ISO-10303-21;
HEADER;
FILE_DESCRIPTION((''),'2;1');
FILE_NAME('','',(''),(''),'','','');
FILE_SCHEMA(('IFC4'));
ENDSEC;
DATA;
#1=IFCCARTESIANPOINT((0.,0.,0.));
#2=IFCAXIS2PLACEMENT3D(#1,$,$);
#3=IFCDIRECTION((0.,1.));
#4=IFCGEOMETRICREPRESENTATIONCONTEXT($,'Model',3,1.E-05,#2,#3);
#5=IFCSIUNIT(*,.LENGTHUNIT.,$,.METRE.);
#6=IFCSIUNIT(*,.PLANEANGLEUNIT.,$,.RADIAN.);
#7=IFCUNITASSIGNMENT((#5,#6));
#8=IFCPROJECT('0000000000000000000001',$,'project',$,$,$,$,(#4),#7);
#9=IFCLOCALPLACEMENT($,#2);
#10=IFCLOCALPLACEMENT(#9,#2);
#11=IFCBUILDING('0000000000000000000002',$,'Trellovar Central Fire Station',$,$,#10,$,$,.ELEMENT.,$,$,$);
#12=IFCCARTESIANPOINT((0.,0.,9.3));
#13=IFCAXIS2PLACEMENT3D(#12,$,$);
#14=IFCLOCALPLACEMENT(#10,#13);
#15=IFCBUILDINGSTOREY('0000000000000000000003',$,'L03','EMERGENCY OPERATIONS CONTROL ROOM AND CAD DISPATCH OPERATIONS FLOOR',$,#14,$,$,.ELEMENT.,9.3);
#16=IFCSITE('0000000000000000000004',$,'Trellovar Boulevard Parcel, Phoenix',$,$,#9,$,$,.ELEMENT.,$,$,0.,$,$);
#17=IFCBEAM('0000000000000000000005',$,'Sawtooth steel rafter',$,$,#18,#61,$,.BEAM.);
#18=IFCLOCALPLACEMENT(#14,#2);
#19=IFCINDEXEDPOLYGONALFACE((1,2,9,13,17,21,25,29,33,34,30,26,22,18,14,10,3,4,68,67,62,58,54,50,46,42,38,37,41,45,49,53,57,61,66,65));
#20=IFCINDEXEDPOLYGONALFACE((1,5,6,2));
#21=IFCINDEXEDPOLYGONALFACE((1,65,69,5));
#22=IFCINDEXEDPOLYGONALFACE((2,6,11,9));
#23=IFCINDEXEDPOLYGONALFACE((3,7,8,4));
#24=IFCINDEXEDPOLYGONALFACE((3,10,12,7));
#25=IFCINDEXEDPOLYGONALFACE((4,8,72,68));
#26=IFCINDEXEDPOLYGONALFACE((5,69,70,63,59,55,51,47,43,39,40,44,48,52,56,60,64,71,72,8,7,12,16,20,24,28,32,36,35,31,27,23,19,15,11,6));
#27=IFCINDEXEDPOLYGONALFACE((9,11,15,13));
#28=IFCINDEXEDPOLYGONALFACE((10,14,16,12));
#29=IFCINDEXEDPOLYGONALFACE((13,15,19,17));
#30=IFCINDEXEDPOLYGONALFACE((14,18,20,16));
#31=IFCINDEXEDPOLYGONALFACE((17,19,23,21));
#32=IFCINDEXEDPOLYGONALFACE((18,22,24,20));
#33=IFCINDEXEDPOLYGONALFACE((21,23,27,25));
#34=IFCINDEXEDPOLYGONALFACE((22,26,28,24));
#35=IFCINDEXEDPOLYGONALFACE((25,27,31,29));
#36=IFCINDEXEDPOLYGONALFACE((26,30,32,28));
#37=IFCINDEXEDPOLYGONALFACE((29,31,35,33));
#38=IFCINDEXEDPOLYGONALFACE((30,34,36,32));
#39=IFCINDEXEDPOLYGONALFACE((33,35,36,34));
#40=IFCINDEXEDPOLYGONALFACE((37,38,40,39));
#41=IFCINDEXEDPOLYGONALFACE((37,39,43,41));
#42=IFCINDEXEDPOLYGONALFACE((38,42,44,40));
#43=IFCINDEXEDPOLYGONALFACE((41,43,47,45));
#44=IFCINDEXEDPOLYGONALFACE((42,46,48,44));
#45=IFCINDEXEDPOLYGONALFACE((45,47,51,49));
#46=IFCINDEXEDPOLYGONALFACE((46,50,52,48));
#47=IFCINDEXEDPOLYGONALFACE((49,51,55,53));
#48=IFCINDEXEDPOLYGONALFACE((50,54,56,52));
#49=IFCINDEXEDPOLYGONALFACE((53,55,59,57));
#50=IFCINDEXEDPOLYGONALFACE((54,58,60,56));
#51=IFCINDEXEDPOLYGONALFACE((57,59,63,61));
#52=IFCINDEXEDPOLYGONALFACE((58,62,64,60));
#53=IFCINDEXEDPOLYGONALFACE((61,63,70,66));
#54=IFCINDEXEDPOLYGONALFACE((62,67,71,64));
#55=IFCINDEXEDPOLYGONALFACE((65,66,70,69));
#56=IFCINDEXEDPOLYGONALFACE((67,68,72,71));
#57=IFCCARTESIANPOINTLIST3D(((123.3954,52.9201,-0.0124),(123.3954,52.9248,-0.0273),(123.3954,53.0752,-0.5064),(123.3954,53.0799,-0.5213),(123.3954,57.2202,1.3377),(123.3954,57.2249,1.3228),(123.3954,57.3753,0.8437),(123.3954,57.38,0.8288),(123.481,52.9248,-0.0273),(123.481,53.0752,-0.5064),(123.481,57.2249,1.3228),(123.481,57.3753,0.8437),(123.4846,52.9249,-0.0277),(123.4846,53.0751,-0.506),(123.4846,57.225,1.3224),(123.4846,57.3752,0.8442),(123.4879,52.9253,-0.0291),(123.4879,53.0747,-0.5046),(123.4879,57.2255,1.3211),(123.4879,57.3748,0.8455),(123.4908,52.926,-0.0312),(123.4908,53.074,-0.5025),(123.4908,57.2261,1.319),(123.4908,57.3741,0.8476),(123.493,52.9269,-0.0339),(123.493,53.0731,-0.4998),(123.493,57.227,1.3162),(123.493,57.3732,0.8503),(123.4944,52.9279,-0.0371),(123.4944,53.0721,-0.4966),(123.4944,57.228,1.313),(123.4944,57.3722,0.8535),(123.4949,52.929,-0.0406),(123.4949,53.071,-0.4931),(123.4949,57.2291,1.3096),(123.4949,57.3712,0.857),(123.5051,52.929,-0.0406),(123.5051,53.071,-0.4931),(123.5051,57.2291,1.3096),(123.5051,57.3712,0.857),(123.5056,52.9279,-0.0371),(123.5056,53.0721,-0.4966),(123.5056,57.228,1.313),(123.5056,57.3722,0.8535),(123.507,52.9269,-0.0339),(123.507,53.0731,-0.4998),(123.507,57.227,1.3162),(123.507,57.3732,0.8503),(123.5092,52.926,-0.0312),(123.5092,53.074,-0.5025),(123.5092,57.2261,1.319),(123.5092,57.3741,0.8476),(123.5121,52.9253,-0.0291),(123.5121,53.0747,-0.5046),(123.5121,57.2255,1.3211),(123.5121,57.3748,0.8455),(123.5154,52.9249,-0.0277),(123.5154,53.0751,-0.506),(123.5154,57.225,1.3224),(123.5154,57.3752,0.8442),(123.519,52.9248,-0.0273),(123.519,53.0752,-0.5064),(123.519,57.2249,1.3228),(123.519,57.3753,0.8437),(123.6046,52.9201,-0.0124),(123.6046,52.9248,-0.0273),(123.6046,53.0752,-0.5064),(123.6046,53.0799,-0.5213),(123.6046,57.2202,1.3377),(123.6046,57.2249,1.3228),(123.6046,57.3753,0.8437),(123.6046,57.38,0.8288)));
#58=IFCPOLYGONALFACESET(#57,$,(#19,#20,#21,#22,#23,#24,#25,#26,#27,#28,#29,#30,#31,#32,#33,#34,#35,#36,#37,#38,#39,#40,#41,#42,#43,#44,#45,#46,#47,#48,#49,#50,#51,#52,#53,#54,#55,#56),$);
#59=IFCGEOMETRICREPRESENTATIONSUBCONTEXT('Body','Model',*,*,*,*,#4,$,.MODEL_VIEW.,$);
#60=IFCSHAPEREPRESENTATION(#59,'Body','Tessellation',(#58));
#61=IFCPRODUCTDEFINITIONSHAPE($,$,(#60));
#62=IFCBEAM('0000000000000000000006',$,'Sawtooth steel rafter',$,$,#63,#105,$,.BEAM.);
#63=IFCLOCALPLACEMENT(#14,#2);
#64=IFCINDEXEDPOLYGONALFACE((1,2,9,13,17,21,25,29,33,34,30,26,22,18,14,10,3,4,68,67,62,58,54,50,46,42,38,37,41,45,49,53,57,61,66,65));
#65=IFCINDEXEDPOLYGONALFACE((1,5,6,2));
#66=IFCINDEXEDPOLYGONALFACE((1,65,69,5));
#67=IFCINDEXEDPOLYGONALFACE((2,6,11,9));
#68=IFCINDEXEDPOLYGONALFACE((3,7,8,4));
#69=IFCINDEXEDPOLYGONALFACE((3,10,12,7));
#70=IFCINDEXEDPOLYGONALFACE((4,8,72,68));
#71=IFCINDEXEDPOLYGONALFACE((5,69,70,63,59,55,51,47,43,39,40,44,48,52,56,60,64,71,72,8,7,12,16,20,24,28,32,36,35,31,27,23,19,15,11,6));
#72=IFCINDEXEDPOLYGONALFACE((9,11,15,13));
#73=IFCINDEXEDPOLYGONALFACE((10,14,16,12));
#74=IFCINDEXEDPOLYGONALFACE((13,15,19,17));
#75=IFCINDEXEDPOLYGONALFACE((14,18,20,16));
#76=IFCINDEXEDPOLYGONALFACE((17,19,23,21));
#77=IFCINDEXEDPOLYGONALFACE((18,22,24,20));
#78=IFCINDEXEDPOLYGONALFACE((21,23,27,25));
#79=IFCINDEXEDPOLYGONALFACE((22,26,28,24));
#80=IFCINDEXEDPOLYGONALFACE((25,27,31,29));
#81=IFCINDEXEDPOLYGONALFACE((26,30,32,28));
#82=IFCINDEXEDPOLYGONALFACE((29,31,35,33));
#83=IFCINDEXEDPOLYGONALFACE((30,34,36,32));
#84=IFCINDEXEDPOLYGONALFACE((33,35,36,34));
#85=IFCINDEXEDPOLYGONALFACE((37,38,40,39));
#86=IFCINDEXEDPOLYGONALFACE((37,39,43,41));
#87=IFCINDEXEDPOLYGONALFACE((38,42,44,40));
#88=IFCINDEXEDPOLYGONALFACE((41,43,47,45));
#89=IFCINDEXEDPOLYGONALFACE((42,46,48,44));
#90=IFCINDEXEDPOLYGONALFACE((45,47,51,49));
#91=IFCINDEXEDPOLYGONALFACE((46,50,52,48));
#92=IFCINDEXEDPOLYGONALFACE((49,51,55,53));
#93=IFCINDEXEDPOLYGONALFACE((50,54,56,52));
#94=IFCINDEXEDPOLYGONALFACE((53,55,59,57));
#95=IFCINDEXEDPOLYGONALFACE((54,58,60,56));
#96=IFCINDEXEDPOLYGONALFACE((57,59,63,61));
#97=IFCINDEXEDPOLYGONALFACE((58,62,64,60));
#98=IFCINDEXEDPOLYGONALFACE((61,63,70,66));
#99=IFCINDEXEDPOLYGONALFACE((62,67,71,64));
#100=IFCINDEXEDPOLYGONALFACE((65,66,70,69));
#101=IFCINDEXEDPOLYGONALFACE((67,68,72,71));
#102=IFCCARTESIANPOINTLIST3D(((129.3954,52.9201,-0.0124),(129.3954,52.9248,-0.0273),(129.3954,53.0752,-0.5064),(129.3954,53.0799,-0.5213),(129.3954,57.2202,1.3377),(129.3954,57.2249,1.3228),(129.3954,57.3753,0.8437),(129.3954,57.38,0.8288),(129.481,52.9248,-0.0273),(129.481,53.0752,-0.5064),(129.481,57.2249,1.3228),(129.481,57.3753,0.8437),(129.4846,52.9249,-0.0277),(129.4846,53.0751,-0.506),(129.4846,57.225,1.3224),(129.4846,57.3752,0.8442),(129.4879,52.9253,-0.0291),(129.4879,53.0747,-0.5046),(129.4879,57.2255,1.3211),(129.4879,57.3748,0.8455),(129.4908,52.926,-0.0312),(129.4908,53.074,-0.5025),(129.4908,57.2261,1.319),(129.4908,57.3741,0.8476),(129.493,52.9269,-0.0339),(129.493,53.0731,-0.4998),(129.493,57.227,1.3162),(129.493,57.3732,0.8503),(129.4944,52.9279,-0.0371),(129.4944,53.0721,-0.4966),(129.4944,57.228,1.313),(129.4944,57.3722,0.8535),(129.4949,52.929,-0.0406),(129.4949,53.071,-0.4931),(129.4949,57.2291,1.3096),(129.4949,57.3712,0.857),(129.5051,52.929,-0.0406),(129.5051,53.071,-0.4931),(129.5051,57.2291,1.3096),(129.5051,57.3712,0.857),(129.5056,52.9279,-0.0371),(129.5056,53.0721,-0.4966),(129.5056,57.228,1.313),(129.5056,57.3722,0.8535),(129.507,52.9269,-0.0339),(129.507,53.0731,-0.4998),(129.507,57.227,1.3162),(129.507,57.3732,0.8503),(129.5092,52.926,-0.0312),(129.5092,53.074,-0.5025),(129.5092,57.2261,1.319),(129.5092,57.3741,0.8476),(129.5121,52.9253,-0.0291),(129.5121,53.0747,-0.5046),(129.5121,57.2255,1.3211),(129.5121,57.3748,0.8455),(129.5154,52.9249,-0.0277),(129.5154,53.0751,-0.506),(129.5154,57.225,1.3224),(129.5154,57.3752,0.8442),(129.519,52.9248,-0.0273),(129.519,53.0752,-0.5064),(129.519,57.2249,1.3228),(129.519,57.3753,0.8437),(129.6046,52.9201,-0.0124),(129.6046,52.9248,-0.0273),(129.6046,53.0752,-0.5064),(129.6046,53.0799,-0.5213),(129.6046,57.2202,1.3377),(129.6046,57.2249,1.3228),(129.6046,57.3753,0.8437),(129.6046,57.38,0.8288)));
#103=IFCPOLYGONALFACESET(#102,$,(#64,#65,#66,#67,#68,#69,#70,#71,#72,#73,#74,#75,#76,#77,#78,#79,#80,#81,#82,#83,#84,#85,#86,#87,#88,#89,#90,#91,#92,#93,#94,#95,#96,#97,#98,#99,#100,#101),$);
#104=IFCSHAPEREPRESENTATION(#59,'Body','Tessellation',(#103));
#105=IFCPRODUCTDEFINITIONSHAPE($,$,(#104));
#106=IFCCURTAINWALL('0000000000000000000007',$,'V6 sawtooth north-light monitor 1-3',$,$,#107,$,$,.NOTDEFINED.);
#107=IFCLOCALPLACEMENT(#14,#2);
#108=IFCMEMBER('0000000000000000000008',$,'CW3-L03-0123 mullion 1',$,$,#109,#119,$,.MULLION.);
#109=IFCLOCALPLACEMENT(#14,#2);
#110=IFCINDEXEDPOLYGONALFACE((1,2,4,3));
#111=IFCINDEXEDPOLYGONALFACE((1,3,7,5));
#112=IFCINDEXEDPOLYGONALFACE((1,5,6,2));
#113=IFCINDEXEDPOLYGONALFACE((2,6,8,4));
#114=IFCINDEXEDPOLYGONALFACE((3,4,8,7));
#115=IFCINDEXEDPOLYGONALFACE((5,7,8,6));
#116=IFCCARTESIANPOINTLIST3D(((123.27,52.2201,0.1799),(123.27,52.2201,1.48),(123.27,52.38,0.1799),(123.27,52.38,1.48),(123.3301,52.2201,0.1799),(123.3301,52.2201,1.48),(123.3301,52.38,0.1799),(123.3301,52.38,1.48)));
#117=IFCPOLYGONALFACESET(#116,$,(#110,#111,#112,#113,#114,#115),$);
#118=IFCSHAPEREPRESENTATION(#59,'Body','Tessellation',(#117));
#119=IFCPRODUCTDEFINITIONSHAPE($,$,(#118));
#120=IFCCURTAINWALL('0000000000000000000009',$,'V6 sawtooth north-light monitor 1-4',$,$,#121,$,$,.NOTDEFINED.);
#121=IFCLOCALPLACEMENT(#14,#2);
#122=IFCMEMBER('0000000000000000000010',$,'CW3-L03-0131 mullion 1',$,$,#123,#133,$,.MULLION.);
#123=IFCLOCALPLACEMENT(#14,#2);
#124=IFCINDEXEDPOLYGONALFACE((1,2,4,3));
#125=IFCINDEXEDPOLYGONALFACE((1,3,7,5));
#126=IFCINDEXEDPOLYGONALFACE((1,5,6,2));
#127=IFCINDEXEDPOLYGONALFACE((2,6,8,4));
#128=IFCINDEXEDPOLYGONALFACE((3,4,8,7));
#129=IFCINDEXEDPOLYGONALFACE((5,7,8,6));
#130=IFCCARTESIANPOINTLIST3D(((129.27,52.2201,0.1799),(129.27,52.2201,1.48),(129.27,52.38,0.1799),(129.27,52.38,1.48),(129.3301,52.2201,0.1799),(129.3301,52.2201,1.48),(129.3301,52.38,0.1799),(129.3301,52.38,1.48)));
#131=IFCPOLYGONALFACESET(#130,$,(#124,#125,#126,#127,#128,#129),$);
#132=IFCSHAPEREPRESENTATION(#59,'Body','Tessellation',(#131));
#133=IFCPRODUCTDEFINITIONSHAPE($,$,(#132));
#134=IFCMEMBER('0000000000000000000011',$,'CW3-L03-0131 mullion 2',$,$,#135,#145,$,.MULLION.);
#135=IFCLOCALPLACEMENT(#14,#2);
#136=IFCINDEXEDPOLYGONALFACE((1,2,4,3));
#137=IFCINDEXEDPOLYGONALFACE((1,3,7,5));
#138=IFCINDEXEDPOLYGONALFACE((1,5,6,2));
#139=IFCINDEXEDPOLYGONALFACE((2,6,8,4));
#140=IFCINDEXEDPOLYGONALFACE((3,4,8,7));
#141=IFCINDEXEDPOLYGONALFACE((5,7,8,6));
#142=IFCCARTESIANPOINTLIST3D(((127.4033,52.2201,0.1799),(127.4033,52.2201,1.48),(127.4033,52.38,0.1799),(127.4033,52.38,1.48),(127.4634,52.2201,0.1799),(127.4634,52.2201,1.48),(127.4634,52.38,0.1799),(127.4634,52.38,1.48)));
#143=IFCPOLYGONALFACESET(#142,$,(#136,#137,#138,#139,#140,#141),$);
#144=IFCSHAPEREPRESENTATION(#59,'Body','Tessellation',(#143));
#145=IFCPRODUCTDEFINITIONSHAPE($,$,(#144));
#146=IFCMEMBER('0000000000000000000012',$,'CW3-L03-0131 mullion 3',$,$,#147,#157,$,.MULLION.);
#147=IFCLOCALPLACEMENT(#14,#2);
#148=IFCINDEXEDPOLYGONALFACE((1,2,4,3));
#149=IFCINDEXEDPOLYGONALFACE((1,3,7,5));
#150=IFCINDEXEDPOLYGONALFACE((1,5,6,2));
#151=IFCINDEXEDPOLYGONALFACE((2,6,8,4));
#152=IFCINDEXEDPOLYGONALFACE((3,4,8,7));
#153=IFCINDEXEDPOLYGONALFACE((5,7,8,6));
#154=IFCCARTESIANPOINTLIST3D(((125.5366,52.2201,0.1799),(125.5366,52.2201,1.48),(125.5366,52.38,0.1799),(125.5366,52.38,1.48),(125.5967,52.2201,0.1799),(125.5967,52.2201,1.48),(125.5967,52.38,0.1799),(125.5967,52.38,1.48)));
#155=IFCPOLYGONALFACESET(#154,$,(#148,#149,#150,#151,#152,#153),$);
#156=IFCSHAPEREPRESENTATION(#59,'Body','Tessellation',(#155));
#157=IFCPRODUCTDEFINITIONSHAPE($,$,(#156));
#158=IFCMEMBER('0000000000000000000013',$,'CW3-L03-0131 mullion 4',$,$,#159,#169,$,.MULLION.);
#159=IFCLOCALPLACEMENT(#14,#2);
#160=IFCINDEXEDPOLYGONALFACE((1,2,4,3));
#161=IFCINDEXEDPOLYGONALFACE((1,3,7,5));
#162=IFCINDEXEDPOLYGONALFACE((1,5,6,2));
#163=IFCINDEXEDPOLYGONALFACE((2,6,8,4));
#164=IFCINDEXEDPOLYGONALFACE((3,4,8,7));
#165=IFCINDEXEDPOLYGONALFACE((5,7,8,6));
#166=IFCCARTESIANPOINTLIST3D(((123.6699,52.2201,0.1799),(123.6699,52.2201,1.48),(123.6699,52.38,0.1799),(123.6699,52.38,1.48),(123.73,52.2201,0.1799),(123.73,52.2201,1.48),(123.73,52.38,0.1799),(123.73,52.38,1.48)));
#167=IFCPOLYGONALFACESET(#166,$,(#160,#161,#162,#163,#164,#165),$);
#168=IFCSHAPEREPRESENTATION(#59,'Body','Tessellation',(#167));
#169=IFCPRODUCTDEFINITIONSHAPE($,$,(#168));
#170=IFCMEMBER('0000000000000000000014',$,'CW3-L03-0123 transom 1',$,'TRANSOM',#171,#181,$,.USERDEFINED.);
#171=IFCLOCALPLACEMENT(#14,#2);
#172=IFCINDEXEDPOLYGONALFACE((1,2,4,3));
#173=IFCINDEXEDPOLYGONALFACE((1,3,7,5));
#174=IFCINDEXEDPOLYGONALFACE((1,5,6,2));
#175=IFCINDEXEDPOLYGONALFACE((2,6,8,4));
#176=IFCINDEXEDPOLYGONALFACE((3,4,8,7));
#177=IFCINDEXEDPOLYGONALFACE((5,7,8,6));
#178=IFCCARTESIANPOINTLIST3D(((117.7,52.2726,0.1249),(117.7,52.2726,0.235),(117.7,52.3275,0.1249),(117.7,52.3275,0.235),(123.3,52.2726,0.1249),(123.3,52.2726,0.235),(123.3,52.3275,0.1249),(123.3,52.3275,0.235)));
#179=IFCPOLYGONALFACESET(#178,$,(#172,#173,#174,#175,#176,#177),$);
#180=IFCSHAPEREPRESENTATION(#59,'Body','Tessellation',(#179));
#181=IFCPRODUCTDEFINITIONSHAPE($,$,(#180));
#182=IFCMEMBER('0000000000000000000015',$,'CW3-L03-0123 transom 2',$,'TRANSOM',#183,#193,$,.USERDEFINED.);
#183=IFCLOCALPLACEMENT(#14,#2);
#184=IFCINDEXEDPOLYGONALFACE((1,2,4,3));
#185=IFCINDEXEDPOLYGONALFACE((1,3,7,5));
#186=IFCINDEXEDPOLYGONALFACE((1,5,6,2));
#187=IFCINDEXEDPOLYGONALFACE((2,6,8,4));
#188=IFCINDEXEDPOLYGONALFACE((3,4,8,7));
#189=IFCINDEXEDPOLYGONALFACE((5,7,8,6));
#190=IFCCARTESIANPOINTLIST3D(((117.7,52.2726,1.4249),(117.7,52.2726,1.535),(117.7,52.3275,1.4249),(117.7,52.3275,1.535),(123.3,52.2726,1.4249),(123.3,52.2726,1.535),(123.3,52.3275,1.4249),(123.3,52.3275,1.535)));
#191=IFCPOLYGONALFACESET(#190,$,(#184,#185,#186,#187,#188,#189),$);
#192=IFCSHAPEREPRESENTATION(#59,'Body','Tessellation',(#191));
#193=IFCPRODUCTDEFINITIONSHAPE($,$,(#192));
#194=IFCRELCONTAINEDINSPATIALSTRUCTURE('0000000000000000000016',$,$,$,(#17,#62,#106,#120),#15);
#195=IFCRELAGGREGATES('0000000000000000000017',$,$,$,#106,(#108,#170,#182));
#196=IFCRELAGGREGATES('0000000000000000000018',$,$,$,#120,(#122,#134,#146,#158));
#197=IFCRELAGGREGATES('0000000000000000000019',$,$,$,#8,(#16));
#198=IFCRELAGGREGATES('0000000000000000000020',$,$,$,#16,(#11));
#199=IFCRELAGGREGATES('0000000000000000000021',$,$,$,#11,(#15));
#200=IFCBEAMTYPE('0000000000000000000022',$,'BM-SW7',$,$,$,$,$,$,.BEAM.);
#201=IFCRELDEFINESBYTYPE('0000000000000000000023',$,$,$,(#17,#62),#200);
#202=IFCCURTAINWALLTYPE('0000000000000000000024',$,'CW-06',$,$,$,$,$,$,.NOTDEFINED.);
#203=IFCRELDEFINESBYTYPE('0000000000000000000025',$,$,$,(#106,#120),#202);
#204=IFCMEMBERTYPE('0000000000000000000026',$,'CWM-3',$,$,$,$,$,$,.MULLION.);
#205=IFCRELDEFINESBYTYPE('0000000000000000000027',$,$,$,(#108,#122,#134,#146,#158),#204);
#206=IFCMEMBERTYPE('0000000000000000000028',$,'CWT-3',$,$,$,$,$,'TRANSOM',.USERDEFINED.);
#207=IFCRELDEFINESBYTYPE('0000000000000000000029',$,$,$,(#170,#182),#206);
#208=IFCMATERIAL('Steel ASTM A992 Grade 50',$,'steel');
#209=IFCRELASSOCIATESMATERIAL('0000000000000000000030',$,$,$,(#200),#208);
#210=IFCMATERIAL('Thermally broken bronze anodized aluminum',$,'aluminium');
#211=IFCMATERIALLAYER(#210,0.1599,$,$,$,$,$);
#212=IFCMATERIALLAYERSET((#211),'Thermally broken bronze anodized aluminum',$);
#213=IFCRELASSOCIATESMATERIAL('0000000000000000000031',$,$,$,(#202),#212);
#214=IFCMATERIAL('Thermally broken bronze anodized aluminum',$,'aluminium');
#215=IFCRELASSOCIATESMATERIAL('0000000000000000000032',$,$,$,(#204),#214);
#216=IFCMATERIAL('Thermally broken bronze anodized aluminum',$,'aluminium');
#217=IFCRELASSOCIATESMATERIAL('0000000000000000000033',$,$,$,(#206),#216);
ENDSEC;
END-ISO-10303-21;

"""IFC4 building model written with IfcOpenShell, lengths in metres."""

from ifc_helpers import new_model, si_unit, direction, frame, origin, origin_2d, place, context, subcontext, project, spatial, rectangle, i_section, extrude, material, layer, layer_set, material_profile, profile_set, type_object, element, aggregate, save


model = new_model("IFC4")

# Units and contexts
model_context = context("Model", 3, precision=1e-05, world=origin(), true_north=direction((0.0, 1.0)))
body_context = subcontext(model_context, "Body", "Model", "MODEL_VIEW")
ifc_project = project(units=[si_unit("LENGTHUNIT", "METRE"), si_unit("PLANEANGLEUNIT", "RADIAN")], contexts=[model_context])

# Site, building, storey
site_placement = place(None, origin())
site = spatial("IfcSite", under=ifc_project, at=site_placement, Name="Trellovar Boulevard Parcel, Phoenix", CompositionType="ELEMENT", RefElevation=0.0)
building_placement = place(site_placement, origin())
building = spatial("IfcBuilding", under=site, at=building_placement, Name="Trellovar Central Fire Station", CompositionType="ELEMENT")
storey_placement = place(building_placement, frame((0.0, 0.0, 9.3)))
storey = spatial("IfcBuildingStorey", under=building, at=storey_placement, Name="L03", Description="EMERGENCY OPERATIONS CONTROL ROOM AND CAD DISPATCH OPERATIONS FLOOR", CompositionType="ELEMENT", Elevation=9.3)

# Beams
ifc_material_1 = material(Name="Steel ASTM A992 Grade 50", Category="steel")
ifc_material_profile_1 = material_profile(ifc_material_1, i_section(OverallWidth=0.2092, OverallDepth=0.5334, WebThickness=0.0103, FlangeThickness=0.0156, FilletRadius=0.0139, at=origin_2d()), Name="W21X62")
ifc_profile_set_1 = profile_set([ifc_material_profile_1], Name="Steel ASTM A992 Grade 50")
beam_type = type_object("IfcBeamType", Name="BM-SW7", PredefinedType="BEAM", material=ifc_profile_set_1)
for number, where, z_axis, x_axis, name in (
    (1, (123.5, 53.0, -0.2668), (0.0, 0.954079, 0.299555), (-1.0, 0.0, 0.0), "Sawtooth steel rafter"),
    (2, (129.5, 53.0, -0.2668), (0.0, 0.954079, 0.299555), (-1.0, 0.0, 0.0), "Sawtooth steel rafter"),
):
    element("IfcBeam", number, at=place(storey_placement, frame(where, z_axis=z_axis, x_axis=x_axis)), inside=storey, type_object=beam_type, Name=name, PredefinedType="BEAM", context=body_context, shape_type="SweptSolid", body=[
        extrude(i_section(OverallWidth=0.2092, OverallDepth=0.5334, WebThickness=0.0103, FlangeThickness=0.0156, FilletRadius=0.0139, at=origin_2d()), origin(), (0.0, 0.0, 1.0), 4.5071),
    ])

# Curtain wall, member
ifc_material_2 = material(Name="Thermally broken bronze anodized aluminum", Category="aluminium")
ifc_layer_1 = layer(ifc_material_2, 0.1599)
ifc_layer_set_1 = layer_set([ifc_layer_1], Name="Thermally broken bronze anodized aluminum")
curtain_wall_type = type_object("IfcCurtainWallType", Name="CW-06", PredefinedType="NOTDEFINED", material=ifc_layer_set_1)
curtain_wall_1_placement = place(storey_placement, origin())
curtain_wall_1 = element("IfcCurtainWall", 3, at=curtain_wall_1_placement, inside=storey, type_object=curtain_wall_type, Name="V6 sawtooth north-light monitor 1-3", PredefinedType="NOTDEFINED")
ifc_material_3 = material(Name="Thermally broken bronze anodized aluminum", Category="aluminium")
ifc_material_profile_2 = material_profile(ifc_material_3, rectangle(XDim=0.0601, YDim=0.1599, at=origin_2d()), Name="ALU60X160")
ifc_profile_set_2 = profile_set([ifc_material_profile_2], Name="Thermally broken bronze anodized aluminum")
member_type_1 = type_object("IfcMemberType", Name="CWM-3", PredefinedType="MULLION", material=ifc_profile_set_2)
member_1_placement = place(storey_placement, frame((123.3, 52.3, 0.1799), z_axis=(0.0, 0.0, 1.0), x_axis=(1.0, 0.0, 0.0)))
member_1 = element("IfcMember", 4, at=member_1_placement, type_object=member_type_1, Name="CW3-L03-0123 mullion 1", PredefinedType="MULLION", context=body_context, shape_type="SweptSolid", body=[
    extrude(rectangle(XDim=0.0601, YDim=0.1599, at=origin_2d()), origin(), (0.0, 0.0, 1.0), 1.3),
])

# Curtain wall, members
curtain_wall_2_placement = place(storey_placement, origin())
curtain_wall_2 = element("IfcCurtainWall", 5, at=curtain_wall_2_placement, inside=storey, type_object=curtain_wall_type, Name="V6 sawtooth north-light monitor 1-4", PredefinedType="NOTDEFINED")
member_2_placement = place(storey_placement, frame((129.3, 52.3, 0.1799), z_axis=(0.0, 0.0, 1.0), x_axis=(1.0, 0.0, 0.0)))
member_2 = element("IfcMember", 6, at=member_2_placement, type_object=member_type_1, Name="CW3-L03-0131 mullion 1", PredefinedType="MULLION", context=body_context, shape_type="SweptSolid", body=[
    extrude(rectangle(XDim=0.0601, YDim=0.1599, at=origin_2d()), origin(), (0.0, 0.0, 1.0), 1.3),
])
member_3_placement = place(storey_placement, frame((127.4333, 52.3, 0.1799), z_axis=(0.0, 0.0, 1.0), x_axis=(1.0, 0.0, 0.0)))
member_3 = element("IfcMember", 7, at=member_3_placement, type_object=member_type_1, Name="CW3-L03-0131 mullion 2", PredefinedType="MULLION", context=body_context, shape_type="SweptSolid", body=[
    extrude(rectangle(XDim=0.0601, YDim=0.1599, at=origin_2d()), origin(), (0.0, 0.0, 1.0), 1.3),
])
member_4_placement = place(storey_placement, frame((125.5667, 52.3, 0.1799), z_axis=(0.0, 0.0, 1.0), x_axis=(1.0, 0.0, 0.0)))
member_4 = element("IfcMember", 8, at=member_4_placement, type_object=member_type_1, Name="CW3-L03-0131 mullion 3", PredefinedType="MULLION", context=body_context, shape_type="SweptSolid", body=[
    extrude(rectangle(XDim=0.0601, YDim=0.1599, at=origin_2d()), origin(), (0.0, 0.0, 1.0), 1.3),
])
member_5_placement = place(storey_placement, frame((123.7, 52.3, 0.1799), z_axis=(0.0, 0.0, 1.0), x_axis=(1.0, 0.0, 0.0)))
member_5 = element("IfcMember", 9, at=member_5_placement, type_object=member_type_1, Name="CW3-L03-0131 mullion 4", PredefinedType="MULLION", context=body_context, shape_type="SweptSolid", body=[
    extrude(rectangle(XDim=0.0601, YDim=0.1599, at=origin_2d()), origin(), (0.0, 0.0, 1.0), 1.3),
])

# Members
ifc_material_4 = material(Name="Thermally broken bronze anodized aluminum", Category="aluminium")
ifc_material_profile_3 = material_profile(ifc_material_4, rectangle(XDim=0.0549, YDim=0.1101, at=origin_2d()), Name="ALU55X110")
ifc_profile_set_3 = profile_set([ifc_material_profile_3], Name="Thermally broken bronze anodized aluminum")
member_type_2 = type_object("IfcMemberType", Name="CWT-3", ElementType="TRANSOM", PredefinedType="USERDEFINED", material=ifc_profile_set_3)
member_6_placement = place(storey_placement, frame((123.3, 52.3, 0.1799), z_axis=(-1.0, 0.0, 0.0), x_axis=(0.0, -1.0, 0.0)))
member_6 = element("IfcMember", 10, at=member_6_placement, type_object=member_type_2, Name="CW3-L03-0123 transom 1", ObjectType="TRANSOM", PredefinedType="USERDEFINED", context=body_context, shape_type="SweptSolid", body=[
    extrude(rectangle(XDim=0.0549, YDim=0.1101, at=origin_2d()), origin(), (0.0, 0.0, 1.0), 5.6001),
])
member_7_placement = place(storey_placement, frame((123.3, 52.3, 1.48), z_axis=(-1.0, 0.0, 0.0), x_axis=(0.0, -1.0, 0.0)))
member_7 = element("IfcMember", 11, at=member_7_placement, type_object=member_type_2, Name="CW3-L03-0123 transom 2", ObjectType="TRANSOM", PredefinedType="USERDEFINED", context=body_context, shape_type="SweptSolid", body=[
    extrude(rectangle(XDim=0.0549, YDim=0.1101, at=origin_2d()), origin(), (0.0, 0.0, 1.0), 5.6001),
])

aggregate(curtain_wall_1, [member_1, member_6, member_7])
aggregate(curtain_wall_2, [member_2, member_3, member_4, member_5])

save(model, "model.ifc")
